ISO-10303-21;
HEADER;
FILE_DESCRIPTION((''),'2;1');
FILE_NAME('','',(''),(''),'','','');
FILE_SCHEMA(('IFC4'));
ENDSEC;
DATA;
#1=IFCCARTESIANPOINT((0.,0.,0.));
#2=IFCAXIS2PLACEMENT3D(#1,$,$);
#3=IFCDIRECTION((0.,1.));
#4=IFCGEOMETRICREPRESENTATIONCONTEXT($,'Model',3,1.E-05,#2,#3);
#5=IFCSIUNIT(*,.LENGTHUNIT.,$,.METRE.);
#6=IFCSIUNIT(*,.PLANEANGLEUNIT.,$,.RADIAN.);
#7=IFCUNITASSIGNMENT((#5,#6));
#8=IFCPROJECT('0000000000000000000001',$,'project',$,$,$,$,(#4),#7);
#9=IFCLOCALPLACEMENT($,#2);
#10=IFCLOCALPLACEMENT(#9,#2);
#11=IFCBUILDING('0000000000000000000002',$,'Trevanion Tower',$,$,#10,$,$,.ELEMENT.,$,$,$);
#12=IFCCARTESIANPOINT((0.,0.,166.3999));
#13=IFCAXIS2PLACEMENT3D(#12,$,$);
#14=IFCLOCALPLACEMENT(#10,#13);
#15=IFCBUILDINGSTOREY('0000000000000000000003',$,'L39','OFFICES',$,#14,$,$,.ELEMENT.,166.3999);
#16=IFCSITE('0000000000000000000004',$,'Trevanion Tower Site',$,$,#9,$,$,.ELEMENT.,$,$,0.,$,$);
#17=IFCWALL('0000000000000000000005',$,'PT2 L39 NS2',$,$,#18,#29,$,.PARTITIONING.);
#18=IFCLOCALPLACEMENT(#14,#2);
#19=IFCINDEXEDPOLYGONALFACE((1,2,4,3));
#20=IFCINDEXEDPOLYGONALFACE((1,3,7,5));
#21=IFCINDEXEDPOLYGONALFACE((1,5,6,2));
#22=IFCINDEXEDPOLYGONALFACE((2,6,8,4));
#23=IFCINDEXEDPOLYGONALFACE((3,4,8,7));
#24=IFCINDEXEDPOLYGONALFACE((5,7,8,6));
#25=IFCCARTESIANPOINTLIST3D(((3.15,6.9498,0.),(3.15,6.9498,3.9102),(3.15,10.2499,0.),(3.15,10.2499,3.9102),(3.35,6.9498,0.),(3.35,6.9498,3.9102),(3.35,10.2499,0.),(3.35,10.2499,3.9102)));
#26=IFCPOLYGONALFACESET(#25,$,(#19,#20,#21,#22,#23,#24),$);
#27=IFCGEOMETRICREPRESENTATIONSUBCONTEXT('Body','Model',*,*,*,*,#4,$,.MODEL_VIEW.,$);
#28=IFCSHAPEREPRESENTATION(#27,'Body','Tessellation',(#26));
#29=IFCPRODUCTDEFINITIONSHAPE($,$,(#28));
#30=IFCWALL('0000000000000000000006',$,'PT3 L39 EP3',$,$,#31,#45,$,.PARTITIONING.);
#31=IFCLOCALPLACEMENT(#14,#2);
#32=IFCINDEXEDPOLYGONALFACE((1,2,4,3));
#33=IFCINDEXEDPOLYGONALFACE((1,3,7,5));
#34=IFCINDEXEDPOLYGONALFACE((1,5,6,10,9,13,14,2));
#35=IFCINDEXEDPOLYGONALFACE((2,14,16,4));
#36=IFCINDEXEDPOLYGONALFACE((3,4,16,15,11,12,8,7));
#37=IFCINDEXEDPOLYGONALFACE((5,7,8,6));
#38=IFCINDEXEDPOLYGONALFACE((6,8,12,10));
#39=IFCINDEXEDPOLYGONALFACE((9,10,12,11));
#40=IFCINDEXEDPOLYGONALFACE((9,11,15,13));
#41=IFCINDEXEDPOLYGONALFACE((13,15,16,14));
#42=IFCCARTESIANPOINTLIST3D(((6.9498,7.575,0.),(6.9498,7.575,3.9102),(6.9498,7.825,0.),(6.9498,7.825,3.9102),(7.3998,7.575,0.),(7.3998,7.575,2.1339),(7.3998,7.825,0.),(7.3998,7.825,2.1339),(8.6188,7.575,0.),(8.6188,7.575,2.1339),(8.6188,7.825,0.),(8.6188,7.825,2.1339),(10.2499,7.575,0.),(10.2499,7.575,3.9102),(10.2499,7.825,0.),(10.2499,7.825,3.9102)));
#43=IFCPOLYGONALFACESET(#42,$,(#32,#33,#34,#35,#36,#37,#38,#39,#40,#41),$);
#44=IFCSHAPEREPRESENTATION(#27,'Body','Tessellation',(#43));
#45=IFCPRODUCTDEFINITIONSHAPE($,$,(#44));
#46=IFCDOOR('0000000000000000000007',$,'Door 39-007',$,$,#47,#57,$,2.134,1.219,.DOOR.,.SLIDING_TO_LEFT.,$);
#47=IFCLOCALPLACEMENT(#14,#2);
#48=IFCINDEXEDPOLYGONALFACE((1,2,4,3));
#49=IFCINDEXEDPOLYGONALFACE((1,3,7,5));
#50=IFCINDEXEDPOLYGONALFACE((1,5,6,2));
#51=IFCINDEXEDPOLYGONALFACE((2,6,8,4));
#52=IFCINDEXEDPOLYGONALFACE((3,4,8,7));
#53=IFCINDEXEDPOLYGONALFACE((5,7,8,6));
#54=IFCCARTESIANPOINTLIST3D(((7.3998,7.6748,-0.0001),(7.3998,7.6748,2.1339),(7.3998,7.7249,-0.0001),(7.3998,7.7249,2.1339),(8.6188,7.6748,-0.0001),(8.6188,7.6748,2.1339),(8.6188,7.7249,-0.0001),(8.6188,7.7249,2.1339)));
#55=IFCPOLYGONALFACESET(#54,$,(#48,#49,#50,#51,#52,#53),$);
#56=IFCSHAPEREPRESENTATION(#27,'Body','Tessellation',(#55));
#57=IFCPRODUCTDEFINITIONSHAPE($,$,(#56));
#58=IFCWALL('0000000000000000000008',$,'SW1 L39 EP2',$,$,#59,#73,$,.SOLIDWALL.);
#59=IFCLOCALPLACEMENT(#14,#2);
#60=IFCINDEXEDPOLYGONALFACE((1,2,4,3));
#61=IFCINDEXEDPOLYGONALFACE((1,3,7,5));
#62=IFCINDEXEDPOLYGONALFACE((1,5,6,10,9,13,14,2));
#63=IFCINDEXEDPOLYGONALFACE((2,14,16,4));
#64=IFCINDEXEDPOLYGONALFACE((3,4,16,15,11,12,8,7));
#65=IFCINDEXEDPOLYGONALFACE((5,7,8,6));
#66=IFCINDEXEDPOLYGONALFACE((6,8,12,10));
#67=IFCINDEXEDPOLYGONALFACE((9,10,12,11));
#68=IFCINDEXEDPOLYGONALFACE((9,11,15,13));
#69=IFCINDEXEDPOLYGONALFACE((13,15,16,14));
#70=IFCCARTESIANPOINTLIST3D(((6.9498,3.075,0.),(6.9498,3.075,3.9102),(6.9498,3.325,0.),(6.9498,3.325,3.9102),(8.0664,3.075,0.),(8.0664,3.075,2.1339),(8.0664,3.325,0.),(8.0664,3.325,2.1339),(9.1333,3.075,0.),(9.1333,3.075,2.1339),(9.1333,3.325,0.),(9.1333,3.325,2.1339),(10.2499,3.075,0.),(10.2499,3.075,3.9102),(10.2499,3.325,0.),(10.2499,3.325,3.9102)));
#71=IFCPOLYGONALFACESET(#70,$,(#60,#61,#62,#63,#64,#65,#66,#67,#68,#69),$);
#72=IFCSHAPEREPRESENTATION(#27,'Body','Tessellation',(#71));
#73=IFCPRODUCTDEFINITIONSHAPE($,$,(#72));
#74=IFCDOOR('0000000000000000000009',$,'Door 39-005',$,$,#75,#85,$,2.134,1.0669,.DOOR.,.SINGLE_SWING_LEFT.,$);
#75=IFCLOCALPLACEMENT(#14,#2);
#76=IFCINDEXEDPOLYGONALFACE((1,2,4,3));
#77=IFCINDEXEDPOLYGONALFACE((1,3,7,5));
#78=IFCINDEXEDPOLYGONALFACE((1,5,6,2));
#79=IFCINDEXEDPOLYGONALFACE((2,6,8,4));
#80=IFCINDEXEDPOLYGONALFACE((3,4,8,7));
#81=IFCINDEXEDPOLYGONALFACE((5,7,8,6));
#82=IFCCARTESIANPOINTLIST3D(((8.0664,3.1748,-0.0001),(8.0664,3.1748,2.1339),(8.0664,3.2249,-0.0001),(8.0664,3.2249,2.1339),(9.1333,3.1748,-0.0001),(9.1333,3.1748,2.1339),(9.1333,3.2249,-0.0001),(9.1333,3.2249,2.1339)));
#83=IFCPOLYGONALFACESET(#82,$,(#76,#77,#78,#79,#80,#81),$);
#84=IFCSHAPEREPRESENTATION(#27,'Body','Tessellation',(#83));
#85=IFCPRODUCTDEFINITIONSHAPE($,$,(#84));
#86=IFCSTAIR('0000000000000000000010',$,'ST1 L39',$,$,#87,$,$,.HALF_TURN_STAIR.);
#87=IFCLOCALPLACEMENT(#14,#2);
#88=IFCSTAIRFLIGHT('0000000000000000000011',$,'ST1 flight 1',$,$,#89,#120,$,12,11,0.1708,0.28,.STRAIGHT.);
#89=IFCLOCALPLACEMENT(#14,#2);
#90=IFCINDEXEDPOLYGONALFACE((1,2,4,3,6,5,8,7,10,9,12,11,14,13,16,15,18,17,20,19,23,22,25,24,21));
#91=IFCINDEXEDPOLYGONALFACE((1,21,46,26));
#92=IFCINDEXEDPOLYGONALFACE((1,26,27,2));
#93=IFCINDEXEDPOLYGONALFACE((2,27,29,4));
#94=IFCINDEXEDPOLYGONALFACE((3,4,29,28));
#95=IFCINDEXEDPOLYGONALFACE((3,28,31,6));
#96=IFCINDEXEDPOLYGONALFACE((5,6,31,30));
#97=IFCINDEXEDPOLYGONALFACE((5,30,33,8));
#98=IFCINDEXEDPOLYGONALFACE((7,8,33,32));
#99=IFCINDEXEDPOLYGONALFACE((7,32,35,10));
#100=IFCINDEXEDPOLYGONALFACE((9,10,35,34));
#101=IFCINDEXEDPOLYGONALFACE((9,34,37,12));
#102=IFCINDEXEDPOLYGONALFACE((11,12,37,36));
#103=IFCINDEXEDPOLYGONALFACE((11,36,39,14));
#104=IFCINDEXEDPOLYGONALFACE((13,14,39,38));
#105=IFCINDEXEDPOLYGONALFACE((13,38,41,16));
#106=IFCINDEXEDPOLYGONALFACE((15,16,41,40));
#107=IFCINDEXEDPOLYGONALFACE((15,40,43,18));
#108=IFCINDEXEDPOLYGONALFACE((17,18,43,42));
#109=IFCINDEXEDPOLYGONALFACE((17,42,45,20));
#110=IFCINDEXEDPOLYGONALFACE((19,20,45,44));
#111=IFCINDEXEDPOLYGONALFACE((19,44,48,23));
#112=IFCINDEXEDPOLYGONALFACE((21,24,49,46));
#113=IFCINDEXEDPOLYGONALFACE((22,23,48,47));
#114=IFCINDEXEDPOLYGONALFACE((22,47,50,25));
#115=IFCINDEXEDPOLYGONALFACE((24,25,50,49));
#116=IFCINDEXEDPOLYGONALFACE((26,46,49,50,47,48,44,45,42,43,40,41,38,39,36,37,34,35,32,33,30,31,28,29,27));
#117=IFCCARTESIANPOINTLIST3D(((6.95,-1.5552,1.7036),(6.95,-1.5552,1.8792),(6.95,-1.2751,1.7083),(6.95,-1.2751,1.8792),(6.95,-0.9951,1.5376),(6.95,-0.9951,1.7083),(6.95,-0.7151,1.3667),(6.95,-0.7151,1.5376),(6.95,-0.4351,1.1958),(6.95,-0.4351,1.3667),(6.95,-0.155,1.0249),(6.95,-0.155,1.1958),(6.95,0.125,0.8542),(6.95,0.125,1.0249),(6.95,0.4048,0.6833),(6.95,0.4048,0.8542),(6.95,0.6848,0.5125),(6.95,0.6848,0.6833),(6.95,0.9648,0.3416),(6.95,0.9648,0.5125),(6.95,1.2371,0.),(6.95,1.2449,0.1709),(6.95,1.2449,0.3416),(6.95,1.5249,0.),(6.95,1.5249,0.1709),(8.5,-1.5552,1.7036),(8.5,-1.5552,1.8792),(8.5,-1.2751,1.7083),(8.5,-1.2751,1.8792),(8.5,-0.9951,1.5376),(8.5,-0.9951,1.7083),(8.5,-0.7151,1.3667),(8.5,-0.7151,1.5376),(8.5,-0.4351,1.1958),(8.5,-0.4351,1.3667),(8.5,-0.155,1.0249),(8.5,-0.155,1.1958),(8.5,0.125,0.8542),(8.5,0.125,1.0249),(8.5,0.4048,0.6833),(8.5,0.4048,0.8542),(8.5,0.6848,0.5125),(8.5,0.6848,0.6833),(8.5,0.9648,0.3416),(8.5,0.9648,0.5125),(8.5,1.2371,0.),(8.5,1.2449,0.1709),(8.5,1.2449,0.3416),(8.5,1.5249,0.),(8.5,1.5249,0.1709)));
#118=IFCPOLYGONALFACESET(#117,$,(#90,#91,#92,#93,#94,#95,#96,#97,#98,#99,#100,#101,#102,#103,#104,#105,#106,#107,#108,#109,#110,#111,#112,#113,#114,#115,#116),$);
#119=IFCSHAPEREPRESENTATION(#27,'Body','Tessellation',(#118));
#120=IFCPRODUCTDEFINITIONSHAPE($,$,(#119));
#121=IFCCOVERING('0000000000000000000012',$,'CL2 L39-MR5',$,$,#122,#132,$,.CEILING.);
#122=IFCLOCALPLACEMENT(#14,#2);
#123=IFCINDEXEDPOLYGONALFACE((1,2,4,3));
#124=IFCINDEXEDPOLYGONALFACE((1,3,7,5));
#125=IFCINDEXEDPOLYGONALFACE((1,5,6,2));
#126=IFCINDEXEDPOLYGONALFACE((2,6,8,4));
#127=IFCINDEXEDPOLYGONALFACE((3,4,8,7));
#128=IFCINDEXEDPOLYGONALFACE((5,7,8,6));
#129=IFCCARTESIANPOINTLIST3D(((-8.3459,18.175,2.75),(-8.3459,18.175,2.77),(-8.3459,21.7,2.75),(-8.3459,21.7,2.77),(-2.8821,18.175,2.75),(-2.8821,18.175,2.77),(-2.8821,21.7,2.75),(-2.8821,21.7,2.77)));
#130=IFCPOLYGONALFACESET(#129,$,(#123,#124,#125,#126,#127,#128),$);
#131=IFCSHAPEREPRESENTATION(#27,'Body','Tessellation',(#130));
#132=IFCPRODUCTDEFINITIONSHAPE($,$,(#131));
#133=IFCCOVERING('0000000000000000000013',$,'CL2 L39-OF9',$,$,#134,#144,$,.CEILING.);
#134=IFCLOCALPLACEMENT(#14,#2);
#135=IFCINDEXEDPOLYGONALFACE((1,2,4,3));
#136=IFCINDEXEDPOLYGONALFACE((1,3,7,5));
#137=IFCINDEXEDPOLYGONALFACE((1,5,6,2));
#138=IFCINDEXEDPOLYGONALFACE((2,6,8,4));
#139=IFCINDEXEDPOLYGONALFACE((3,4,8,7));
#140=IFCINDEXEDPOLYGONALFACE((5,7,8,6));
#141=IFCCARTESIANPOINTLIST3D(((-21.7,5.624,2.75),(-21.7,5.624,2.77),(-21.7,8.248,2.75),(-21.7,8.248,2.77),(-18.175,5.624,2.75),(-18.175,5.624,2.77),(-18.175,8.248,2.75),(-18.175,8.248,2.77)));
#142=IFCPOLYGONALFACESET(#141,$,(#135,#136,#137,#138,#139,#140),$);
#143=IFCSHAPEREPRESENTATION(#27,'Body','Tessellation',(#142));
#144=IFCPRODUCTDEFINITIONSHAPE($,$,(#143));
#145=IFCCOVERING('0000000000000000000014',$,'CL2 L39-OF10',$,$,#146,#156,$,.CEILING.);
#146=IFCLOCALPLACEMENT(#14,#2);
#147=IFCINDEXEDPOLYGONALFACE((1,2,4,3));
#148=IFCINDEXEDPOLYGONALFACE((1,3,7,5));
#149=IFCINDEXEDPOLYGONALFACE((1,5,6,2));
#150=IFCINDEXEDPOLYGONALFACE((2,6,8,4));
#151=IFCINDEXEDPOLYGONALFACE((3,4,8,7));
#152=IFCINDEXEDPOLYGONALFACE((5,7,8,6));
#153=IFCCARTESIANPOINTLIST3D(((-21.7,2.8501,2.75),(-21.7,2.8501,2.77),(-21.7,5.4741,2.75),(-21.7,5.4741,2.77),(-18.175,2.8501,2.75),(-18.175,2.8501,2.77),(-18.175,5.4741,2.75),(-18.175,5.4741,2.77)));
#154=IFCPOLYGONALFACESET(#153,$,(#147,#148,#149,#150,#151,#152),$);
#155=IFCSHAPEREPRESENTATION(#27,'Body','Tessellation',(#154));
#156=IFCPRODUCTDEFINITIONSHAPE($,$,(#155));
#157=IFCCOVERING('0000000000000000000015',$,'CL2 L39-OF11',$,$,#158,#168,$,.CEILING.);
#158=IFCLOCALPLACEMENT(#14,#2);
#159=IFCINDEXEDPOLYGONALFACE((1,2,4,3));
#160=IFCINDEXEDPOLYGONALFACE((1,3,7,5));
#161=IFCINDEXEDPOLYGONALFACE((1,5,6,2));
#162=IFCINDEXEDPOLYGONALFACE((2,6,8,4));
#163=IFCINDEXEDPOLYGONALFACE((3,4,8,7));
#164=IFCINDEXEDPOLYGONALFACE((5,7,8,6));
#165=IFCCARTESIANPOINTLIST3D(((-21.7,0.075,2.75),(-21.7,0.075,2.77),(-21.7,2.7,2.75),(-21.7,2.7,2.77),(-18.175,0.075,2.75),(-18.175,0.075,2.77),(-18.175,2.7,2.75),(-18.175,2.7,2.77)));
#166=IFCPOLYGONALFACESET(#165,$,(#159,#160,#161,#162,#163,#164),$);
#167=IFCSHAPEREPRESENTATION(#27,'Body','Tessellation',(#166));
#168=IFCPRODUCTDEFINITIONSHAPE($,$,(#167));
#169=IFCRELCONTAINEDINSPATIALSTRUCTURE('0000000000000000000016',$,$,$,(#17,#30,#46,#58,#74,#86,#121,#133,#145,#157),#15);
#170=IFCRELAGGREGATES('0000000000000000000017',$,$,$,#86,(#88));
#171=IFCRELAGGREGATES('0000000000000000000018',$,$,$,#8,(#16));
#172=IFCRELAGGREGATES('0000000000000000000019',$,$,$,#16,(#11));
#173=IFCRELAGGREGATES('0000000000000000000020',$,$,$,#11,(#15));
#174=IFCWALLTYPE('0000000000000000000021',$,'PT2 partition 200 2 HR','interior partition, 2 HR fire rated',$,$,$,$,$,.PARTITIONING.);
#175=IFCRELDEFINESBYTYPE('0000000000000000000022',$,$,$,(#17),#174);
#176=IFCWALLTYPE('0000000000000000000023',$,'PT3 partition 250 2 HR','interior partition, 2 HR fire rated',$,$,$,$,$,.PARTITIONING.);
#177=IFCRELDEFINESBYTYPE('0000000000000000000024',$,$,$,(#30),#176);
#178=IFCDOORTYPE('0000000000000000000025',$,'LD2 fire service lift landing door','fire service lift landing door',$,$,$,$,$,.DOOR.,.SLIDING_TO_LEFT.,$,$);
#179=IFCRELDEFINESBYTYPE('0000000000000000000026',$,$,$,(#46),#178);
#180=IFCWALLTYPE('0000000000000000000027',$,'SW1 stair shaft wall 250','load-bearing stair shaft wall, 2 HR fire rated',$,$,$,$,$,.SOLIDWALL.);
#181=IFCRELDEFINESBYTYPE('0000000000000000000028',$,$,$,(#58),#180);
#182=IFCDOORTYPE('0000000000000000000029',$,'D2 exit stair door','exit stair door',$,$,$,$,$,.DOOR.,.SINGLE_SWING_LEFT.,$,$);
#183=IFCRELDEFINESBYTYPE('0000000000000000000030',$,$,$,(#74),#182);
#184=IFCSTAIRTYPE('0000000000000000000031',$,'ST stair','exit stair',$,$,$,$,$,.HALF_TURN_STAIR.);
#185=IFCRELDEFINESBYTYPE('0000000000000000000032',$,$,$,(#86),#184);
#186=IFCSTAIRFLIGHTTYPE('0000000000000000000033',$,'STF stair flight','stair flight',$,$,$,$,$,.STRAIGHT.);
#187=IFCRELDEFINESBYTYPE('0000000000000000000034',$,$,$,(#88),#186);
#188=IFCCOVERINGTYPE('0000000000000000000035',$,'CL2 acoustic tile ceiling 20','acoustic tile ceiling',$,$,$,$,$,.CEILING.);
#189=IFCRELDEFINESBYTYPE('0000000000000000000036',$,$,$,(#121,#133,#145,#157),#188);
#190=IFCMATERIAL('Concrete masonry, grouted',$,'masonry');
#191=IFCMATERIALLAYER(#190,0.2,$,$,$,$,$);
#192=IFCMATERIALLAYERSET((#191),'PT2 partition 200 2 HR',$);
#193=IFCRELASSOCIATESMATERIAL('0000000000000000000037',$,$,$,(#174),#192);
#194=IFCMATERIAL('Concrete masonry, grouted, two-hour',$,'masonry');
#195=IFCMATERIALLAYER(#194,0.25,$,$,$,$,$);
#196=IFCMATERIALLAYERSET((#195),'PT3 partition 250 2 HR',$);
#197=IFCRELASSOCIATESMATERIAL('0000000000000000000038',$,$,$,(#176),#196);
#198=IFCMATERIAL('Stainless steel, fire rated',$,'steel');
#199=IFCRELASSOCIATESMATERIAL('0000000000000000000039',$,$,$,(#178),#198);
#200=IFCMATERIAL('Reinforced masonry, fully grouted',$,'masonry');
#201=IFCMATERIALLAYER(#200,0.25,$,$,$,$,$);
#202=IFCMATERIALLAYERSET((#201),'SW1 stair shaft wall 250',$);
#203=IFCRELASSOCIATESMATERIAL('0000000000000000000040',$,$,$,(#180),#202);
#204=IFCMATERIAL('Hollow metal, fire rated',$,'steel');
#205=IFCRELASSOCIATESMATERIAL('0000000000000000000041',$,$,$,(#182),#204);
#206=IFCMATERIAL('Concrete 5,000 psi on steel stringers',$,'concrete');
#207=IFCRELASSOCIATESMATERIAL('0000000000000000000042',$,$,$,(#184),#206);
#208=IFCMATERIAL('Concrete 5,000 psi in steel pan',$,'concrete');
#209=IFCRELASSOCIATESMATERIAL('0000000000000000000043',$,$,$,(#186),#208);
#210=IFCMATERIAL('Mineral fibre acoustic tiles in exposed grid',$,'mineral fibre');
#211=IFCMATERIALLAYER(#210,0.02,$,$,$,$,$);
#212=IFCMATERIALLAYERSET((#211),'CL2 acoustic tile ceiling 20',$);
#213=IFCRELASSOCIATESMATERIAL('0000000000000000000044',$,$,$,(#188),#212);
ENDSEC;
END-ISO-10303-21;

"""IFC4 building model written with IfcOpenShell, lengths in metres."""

from ifc_helpers import new_model, si_unit, direction, frame, frame_2d, origin, place, context, subcontext, project, spatial, polyline, rectangle, outline, extrude, material, layer, layer_set, type_object, element, fill, aggregate, save


model = new_model("IFC4")

# Units and contexts
model_context = context("Model", 3, precision=1e-05, world=origin(), true_north=direction((0.0, 1.0)))
body_context = subcontext(model_context, "Body", "Model", "MODEL_VIEW")
ifc_project = project(units=[si_unit("LENGTHUNIT", "METRE"), si_unit("PLANEANGLEUNIT", "RADIAN")], contexts=[model_context])

# Site, building, storey
site_placement = place(None, origin())
site = spatial("IfcSite", under=ifc_project, at=site_placement, Name="Trevanion Tower Site", CompositionType="ELEMENT", RefElevation=0.0)
building_placement = place(site_placement, origin())
building = spatial("IfcBuilding", under=site, at=building_placement, Name="Trevanion Tower", CompositionType="ELEMENT")
storey_placement = place(building_placement, frame((0.0, 0.0, 166.3999)))
storey = spatial("IfcBuildingStorey", under=building, at=storey_placement, Name="L39", Description="OFFICES", CompositionType="ELEMENT", Elevation=166.3999)

# Wall
ifc_material_1 = material(Name="Concrete masonry, grouted", Category="masonry")
ifc_layer_1 = layer(ifc_material_1, 0.2)
ifc_layer_set_1 = layer_set([ifc_layer_1], Name="PT2 partition 200 2 HR")
wall_type_1 = type_object("IfcWallType", Name="PT2 partition 200 2 HR", Description="interior partition, 2 HR fire rated", PredefinedType="PARTITIONING", material=ifc_layer_set_1)
wall_1_placement = place(storey_placement, frame((3.25, 6.95, 0.0), z_axis=(0.0, 0.0, 1.0), x_axis=(0.0, 1.0, 0.0)))
element("IfcWall", 1, at=wall_1_placement, inside=storey, type_object=wall_type_1, Name="PT2 L39 NS2", PredefinedType="PARTITIONING", context=body_context, shape_type="SweptSolid", body=[
    extrude(rectangle(XDim=3.3, YDim=0.2, at=frame_2d((1.6499, 0.0))), origin(), (0.0, 0.0, 1.0), 3.9102),
])

# Walls, openings, doors
ifc_material_2 = material(Name="Concrete masonry, grouted, two-hour", Category="masonry")
ifc_layer_2 = layer(ifc_material_2, 0.25)
ifc_layer_set_2 = layer_set([ifc_layer_2], Name="PT3 partition 250 2 HR")
wall_type_2 = type_object("IfcWallType", Name="PT3 partition 250 2 HR", Description="interior partition, 2 HR fire rated", PredefinedType="PARTITIONING", material=ifc_layer_set_2)
wall_2_placement = place(storey_placement, frame((6.95, 7.7, 0.0), z_axis=(0.0, 0.0, 1.0), x_axis=(1.0, 0.0, 0.0)))
wall_2 = element("IfcWall", 2, at=wall_2_placement, inside=storey, type_object=wall_type_2, Name="PT3 L39 EP3", PredefinedType="PARTITIONING", context=body_context, shape_type="SweptSolid", body=[
    extrude(rectangle(XDim=3.3, YDim=0.25, at=frame_2d((1.6499, 0.0))), origin(), (0.0, 0.0, 1.0), 3.9102),
])
opening_1_placement = place(wall_2_placement, frame((0.45, 0.0, 0.0)))
opening_1 = element("IfcOpeningElement", 3, at=opening_1_placement, cuts=wall_2, PredefinedType="OPENING", context=body_context, shape_type="SweptSolid", body=[
    extrude(rectangle(XDim=1.219, YDim=2.134, at=frame_2d((0.6094, 1.0669))), frame((0.0, 0.135, 0.0), z_axis=(0.0, -1.0, 0.0), x_axis=(1.0, 0.0, 0.0)), (0.0, 0.0, 1.0), 0.27),
])
ifc_material_3 = material(Name="Stainless steel, fire rated", Category="steel")
door_type_1 = type_object("IfcDoorType", Name="LD2 fire service lift landing door", Description="fire service lift landing door", OperationType="SLIDING_TO_LEFT", PredefinedType="DOOR", material=ifc_material_3)
door_1_placement = place(opening_1_placement, origin())
door_1 = element("IfcDoor", 4, at=door_1_placement, inside=storey, type_object=door_type_1, Name="Door 39-007", OperationType="SLIDING_TO_LEFT", OverallHeight=2.134, OverallWidth=1.219, PredefinedType="DOOR", context=body_context, shape_type="SweptSolid", body=[
    extrude(rectangle(XDim=1.219, YDim=2.134, at=frame_2d((0.6094, 1.0669))), frame((0.0, 0.0249, 0.0), z_axis=(0.0, -1.0, 0.0), x_axis=(1.0, 0.0, 0.0)), (0.0, 0.0, 1.0), 0.05),
])
fill(opening_1, door_1)
ifc_material_4 = material(Name="Reinforced masonry, fully grouted", Category="masonry")
ifc_layer_3 = layer(ifc_material_4, 0.25)
ifc_layer_set_3 = layer_set([ifc_layer_3], Name="SW1 stair shaft wall 250")
wall_type_3 = type_object("IfcWallType", Name="SW1 stair shaft wall 250", Description="load-bearing stair shaft wall, 2 HR fire rated", PredefinedType="SOLIDWALL", material=ifc_layer_set_3)
wall_3_placement = place(storey_placement, frame((6.95, 3.2, 0.0), z_axis=(0.0, 0.0, 1.0), x_axis=(1.0, 0.0, 0.0)))
wall_3 = element("IfcWall", 5, at=wall_3_placement, inside=storey, type_object=wall_type_3, Name="SW1 L39 EP2", PredefinedType="SOLIDWALL", context=body_context, shape_type="SweptSolid", body=[
    extrude(rectangle(XDim=3.3, YDim=0.25, at=frame_2d((1.6499, 0.0))), origin(), (0.0, 0.0, 1.0), 3.9102),
])
opening_2_placement = place(wall_3_placement, frame((1.1165, 0.0, 0.0)))
opening_2 = element("IfcOpeningElement", 6, at=opening_2_placement, cuts=wall_3, PredefinedType="OPENING", context=body_context, shape_type="SweptSolid", body=[
    extrude(rectangle(XDim=1.0669, YDim=2.134, at=frame_2d((0.5334, 1.0669))), frame((0.0, 0.135, 0.0), z_axis=(0.0, -1.0, 0.0), x_axis=(1.0, 0.0, 0.0)), (0.0, 0.0, 1.0), 0.27),
])
ifc_material_5 = material(Name="Hollow metal, fire rated", Category="steel")
door_type_2 = type_object("IfcDoorType", Name="D2 exit stair door", Description="exit stair door", OperationType="SINGLE_SWING_LEFT", PredefinedType="DOOR", material=ifc_material_5)
door_2_placement = place(opening_2_placement, origin())
door_2 = element("IfcDoor", 7, at=door_2_placement, inside=storey, type_object=door_type_2, Name="Door 39-005", OperationType="SINGLE_SWING_LEFT", OverallHeight=2.134, OverallWidth=1.0669, PredefinedType="DOOR", context=body_context, shape_type="SweptSolid", body=[
    extrude(rectangle(XDim=1.0669, YDim=2.134, at=frame_2d((0.5334, 1.0669))), frame((0.0, 0.0249, 0.0), z_axis=(0.0, -1.0, 0.0), x_axis=(1.0, 0.0, 0.0)), (0.0, 0.0, 1.0), 0.05),
])
fill(opening_2, door_2)

# Stair, stair flight
ifc_material_6 = material(Name="Concrete 5,000 psi on steel stringers", Category="concrete")
stair_type = type_object("IfcStairType", Name="ST stair", Description="exit stair", PredefinedType="HALF_TURN_STAIR", material=ifc_material_6)
stair_placement = place(storey_placement, origin())
stair = element("IfcStair", 8, at=stair_placement, inside=storey, type_object=stair_type, Name="ST1 L39", PredefinedType="HALF_TURN_STAIR")
ifc_material_7 = material(Name="Concrete 5,000 psi in steel pan", Category="concrete")
stair_flight_type = type_object("IfcStairFlightType", Name="STF stair flight", Description="stair flight", PredefinedType="STRAIGHT", material=ifc_material_7)
stair_flight_placement = place(storey_placement, frame((7.7251, 1.5249, 0.0), z_axis=(0.0, 0.0, 1.0), x_axis=(0.0, -1.0, 0.0)))
stair_flight = element("IfcStairFlight", 9, at=stair_flight_placement, type_object=stair_flight_type, Name="ST1 flight 1", NumberOfRisers=12, NumberOfTreads=11, PredefinedType="STRAIGHT", RiserHeight=0.1708, TreadLength=0.28, context=body_context, shape_type="SweptSolid", body=[
    extrude(outline(polyline([(0.0, 0.0), (0.0, 0.1709), (0.28, 0.1709), (0.28, 0.3416), (0.5601, 0.3416), (0.5601, 0.5125), (0.8401, 0.5125), (0.8401, 0.6833), (1.1201, 0.6833), (1.1201, 0.8542), (1.3999, 0.8542), (1.3999, 1.0249), (1.6799, 1.0249), (1.6799, 1.1958), (1.96, 1.1958), (1.96, 1.3667), (2.24, 1.3667), (2.24, 1.5376), (2.52, 1.5376), (2.52, 1.7083), (2.8, 1.7083), (2.8, 1.8792), (3.0801, 1.8792), (3.0801, 2.05), (3.0801, 1.7036), (0.2878, 0.0), (0.0, 0.0)])), frame((0.0, 0.7749, 0.0), z_axis=(0.0, -1.0, 0.0), x_axis=(1.0, 0.0, 0.0)), (0.0, 0.0, 1.0), 1.55),
])
aggregate(stair, [stair_flight])

# Coverings
ifc_material_8 = material(Name="Mineral fibre acoustic tiles in exposed grid", Category="mineral fibre")
ifc_layer_4 = layer(ifc_material_8, 0.02)
ifc_layer_set_4 = layer_set([ifc_layer_4], Name="CL2 acoustic tile ceiling 20")
covering_type_1 = type_object("IfcCoveringType", Name="CL2 acoustic tile ceiling 20", Description="acoustic tile ceiling", PredefinedType="CEILING", material=ifc_layer_set_4)
covering_1_placement = place(storey_placement, frame((0.0, 0.0, 2.75)))
element("IfcCovering", 10, at=covering_1_placement, inside=storey, type_object=covering_type_1, Name="CL2 L39-MR5", PredefinedType="CEILING", context=body_context, shape_type="SweptSolid", body=[
    extrude(outline(polyline([(-2.8821, 18.175), (-8.3459, 18.175), (-8.3459, 21.7), (-2.8821, 21.7), (-2.8821, 18.175)])), origin(), (0.0, 0.0, 1.0), 0.02),
])
covering_2_placement = place(storey_placement, frame((0.0, 0.0, 2.75)))
element("IfcCovering", 11, at=covering_2_placement, inside=storey, type_object=covering_type_1, Name="CL2 L39-OF9", PredefinedType="CEILING", context=body_context, shape_type="SweptSolid", body=[
    extrude(outline(polyline([(-18.175, 8.248), (-18.175, 5.624), (-21.7, 5.624), (-21.7, 8.248), (-18.175, 8.248)])), origin(), (0.0, 0.0, 1.0), 0.02),
])
covering_3_placement = place(storey_placement, frame((0.0, 0.0, 2.75)))
element("IfcCovering", 12, at=covering_3_placement, inside=storey, type_object=covering_type_1, Name="CL2 L39-OF10", PredefinedType="CEILING", context=body_context, shape_type="SweptSolid", body=[
    extrude(outline(polyline([(-18.175, 5.4741), (-18.175, 2.8501), (-21.7, 2.8501), (-21.7, 5.4741), (-18.175, 5.4741)])), origin(), (0.0, 0.0, 1.0), 0.02),
])
covering_4_placement = place(storey_placement, frame((0.0, 0.0, 2.75)))
element("IfcCovering", 13, at=covering_4_placement, inside=storey, type_object=covering_type_1, Name="CL2 L39-OF11", PredefinedType="CEILING", context=body_context, shape_type="SweptSolid", body=[
    extrude(outline(polyline([(-18.175, 2.7), (-18.175, 0.075), (-21.7, 0.075), (-21.7, 2.7), (-18.175, 2.7)])), origin(), (0.0, 0.0, 1.0), 0.02),
])

save(model, "model.ifc")
